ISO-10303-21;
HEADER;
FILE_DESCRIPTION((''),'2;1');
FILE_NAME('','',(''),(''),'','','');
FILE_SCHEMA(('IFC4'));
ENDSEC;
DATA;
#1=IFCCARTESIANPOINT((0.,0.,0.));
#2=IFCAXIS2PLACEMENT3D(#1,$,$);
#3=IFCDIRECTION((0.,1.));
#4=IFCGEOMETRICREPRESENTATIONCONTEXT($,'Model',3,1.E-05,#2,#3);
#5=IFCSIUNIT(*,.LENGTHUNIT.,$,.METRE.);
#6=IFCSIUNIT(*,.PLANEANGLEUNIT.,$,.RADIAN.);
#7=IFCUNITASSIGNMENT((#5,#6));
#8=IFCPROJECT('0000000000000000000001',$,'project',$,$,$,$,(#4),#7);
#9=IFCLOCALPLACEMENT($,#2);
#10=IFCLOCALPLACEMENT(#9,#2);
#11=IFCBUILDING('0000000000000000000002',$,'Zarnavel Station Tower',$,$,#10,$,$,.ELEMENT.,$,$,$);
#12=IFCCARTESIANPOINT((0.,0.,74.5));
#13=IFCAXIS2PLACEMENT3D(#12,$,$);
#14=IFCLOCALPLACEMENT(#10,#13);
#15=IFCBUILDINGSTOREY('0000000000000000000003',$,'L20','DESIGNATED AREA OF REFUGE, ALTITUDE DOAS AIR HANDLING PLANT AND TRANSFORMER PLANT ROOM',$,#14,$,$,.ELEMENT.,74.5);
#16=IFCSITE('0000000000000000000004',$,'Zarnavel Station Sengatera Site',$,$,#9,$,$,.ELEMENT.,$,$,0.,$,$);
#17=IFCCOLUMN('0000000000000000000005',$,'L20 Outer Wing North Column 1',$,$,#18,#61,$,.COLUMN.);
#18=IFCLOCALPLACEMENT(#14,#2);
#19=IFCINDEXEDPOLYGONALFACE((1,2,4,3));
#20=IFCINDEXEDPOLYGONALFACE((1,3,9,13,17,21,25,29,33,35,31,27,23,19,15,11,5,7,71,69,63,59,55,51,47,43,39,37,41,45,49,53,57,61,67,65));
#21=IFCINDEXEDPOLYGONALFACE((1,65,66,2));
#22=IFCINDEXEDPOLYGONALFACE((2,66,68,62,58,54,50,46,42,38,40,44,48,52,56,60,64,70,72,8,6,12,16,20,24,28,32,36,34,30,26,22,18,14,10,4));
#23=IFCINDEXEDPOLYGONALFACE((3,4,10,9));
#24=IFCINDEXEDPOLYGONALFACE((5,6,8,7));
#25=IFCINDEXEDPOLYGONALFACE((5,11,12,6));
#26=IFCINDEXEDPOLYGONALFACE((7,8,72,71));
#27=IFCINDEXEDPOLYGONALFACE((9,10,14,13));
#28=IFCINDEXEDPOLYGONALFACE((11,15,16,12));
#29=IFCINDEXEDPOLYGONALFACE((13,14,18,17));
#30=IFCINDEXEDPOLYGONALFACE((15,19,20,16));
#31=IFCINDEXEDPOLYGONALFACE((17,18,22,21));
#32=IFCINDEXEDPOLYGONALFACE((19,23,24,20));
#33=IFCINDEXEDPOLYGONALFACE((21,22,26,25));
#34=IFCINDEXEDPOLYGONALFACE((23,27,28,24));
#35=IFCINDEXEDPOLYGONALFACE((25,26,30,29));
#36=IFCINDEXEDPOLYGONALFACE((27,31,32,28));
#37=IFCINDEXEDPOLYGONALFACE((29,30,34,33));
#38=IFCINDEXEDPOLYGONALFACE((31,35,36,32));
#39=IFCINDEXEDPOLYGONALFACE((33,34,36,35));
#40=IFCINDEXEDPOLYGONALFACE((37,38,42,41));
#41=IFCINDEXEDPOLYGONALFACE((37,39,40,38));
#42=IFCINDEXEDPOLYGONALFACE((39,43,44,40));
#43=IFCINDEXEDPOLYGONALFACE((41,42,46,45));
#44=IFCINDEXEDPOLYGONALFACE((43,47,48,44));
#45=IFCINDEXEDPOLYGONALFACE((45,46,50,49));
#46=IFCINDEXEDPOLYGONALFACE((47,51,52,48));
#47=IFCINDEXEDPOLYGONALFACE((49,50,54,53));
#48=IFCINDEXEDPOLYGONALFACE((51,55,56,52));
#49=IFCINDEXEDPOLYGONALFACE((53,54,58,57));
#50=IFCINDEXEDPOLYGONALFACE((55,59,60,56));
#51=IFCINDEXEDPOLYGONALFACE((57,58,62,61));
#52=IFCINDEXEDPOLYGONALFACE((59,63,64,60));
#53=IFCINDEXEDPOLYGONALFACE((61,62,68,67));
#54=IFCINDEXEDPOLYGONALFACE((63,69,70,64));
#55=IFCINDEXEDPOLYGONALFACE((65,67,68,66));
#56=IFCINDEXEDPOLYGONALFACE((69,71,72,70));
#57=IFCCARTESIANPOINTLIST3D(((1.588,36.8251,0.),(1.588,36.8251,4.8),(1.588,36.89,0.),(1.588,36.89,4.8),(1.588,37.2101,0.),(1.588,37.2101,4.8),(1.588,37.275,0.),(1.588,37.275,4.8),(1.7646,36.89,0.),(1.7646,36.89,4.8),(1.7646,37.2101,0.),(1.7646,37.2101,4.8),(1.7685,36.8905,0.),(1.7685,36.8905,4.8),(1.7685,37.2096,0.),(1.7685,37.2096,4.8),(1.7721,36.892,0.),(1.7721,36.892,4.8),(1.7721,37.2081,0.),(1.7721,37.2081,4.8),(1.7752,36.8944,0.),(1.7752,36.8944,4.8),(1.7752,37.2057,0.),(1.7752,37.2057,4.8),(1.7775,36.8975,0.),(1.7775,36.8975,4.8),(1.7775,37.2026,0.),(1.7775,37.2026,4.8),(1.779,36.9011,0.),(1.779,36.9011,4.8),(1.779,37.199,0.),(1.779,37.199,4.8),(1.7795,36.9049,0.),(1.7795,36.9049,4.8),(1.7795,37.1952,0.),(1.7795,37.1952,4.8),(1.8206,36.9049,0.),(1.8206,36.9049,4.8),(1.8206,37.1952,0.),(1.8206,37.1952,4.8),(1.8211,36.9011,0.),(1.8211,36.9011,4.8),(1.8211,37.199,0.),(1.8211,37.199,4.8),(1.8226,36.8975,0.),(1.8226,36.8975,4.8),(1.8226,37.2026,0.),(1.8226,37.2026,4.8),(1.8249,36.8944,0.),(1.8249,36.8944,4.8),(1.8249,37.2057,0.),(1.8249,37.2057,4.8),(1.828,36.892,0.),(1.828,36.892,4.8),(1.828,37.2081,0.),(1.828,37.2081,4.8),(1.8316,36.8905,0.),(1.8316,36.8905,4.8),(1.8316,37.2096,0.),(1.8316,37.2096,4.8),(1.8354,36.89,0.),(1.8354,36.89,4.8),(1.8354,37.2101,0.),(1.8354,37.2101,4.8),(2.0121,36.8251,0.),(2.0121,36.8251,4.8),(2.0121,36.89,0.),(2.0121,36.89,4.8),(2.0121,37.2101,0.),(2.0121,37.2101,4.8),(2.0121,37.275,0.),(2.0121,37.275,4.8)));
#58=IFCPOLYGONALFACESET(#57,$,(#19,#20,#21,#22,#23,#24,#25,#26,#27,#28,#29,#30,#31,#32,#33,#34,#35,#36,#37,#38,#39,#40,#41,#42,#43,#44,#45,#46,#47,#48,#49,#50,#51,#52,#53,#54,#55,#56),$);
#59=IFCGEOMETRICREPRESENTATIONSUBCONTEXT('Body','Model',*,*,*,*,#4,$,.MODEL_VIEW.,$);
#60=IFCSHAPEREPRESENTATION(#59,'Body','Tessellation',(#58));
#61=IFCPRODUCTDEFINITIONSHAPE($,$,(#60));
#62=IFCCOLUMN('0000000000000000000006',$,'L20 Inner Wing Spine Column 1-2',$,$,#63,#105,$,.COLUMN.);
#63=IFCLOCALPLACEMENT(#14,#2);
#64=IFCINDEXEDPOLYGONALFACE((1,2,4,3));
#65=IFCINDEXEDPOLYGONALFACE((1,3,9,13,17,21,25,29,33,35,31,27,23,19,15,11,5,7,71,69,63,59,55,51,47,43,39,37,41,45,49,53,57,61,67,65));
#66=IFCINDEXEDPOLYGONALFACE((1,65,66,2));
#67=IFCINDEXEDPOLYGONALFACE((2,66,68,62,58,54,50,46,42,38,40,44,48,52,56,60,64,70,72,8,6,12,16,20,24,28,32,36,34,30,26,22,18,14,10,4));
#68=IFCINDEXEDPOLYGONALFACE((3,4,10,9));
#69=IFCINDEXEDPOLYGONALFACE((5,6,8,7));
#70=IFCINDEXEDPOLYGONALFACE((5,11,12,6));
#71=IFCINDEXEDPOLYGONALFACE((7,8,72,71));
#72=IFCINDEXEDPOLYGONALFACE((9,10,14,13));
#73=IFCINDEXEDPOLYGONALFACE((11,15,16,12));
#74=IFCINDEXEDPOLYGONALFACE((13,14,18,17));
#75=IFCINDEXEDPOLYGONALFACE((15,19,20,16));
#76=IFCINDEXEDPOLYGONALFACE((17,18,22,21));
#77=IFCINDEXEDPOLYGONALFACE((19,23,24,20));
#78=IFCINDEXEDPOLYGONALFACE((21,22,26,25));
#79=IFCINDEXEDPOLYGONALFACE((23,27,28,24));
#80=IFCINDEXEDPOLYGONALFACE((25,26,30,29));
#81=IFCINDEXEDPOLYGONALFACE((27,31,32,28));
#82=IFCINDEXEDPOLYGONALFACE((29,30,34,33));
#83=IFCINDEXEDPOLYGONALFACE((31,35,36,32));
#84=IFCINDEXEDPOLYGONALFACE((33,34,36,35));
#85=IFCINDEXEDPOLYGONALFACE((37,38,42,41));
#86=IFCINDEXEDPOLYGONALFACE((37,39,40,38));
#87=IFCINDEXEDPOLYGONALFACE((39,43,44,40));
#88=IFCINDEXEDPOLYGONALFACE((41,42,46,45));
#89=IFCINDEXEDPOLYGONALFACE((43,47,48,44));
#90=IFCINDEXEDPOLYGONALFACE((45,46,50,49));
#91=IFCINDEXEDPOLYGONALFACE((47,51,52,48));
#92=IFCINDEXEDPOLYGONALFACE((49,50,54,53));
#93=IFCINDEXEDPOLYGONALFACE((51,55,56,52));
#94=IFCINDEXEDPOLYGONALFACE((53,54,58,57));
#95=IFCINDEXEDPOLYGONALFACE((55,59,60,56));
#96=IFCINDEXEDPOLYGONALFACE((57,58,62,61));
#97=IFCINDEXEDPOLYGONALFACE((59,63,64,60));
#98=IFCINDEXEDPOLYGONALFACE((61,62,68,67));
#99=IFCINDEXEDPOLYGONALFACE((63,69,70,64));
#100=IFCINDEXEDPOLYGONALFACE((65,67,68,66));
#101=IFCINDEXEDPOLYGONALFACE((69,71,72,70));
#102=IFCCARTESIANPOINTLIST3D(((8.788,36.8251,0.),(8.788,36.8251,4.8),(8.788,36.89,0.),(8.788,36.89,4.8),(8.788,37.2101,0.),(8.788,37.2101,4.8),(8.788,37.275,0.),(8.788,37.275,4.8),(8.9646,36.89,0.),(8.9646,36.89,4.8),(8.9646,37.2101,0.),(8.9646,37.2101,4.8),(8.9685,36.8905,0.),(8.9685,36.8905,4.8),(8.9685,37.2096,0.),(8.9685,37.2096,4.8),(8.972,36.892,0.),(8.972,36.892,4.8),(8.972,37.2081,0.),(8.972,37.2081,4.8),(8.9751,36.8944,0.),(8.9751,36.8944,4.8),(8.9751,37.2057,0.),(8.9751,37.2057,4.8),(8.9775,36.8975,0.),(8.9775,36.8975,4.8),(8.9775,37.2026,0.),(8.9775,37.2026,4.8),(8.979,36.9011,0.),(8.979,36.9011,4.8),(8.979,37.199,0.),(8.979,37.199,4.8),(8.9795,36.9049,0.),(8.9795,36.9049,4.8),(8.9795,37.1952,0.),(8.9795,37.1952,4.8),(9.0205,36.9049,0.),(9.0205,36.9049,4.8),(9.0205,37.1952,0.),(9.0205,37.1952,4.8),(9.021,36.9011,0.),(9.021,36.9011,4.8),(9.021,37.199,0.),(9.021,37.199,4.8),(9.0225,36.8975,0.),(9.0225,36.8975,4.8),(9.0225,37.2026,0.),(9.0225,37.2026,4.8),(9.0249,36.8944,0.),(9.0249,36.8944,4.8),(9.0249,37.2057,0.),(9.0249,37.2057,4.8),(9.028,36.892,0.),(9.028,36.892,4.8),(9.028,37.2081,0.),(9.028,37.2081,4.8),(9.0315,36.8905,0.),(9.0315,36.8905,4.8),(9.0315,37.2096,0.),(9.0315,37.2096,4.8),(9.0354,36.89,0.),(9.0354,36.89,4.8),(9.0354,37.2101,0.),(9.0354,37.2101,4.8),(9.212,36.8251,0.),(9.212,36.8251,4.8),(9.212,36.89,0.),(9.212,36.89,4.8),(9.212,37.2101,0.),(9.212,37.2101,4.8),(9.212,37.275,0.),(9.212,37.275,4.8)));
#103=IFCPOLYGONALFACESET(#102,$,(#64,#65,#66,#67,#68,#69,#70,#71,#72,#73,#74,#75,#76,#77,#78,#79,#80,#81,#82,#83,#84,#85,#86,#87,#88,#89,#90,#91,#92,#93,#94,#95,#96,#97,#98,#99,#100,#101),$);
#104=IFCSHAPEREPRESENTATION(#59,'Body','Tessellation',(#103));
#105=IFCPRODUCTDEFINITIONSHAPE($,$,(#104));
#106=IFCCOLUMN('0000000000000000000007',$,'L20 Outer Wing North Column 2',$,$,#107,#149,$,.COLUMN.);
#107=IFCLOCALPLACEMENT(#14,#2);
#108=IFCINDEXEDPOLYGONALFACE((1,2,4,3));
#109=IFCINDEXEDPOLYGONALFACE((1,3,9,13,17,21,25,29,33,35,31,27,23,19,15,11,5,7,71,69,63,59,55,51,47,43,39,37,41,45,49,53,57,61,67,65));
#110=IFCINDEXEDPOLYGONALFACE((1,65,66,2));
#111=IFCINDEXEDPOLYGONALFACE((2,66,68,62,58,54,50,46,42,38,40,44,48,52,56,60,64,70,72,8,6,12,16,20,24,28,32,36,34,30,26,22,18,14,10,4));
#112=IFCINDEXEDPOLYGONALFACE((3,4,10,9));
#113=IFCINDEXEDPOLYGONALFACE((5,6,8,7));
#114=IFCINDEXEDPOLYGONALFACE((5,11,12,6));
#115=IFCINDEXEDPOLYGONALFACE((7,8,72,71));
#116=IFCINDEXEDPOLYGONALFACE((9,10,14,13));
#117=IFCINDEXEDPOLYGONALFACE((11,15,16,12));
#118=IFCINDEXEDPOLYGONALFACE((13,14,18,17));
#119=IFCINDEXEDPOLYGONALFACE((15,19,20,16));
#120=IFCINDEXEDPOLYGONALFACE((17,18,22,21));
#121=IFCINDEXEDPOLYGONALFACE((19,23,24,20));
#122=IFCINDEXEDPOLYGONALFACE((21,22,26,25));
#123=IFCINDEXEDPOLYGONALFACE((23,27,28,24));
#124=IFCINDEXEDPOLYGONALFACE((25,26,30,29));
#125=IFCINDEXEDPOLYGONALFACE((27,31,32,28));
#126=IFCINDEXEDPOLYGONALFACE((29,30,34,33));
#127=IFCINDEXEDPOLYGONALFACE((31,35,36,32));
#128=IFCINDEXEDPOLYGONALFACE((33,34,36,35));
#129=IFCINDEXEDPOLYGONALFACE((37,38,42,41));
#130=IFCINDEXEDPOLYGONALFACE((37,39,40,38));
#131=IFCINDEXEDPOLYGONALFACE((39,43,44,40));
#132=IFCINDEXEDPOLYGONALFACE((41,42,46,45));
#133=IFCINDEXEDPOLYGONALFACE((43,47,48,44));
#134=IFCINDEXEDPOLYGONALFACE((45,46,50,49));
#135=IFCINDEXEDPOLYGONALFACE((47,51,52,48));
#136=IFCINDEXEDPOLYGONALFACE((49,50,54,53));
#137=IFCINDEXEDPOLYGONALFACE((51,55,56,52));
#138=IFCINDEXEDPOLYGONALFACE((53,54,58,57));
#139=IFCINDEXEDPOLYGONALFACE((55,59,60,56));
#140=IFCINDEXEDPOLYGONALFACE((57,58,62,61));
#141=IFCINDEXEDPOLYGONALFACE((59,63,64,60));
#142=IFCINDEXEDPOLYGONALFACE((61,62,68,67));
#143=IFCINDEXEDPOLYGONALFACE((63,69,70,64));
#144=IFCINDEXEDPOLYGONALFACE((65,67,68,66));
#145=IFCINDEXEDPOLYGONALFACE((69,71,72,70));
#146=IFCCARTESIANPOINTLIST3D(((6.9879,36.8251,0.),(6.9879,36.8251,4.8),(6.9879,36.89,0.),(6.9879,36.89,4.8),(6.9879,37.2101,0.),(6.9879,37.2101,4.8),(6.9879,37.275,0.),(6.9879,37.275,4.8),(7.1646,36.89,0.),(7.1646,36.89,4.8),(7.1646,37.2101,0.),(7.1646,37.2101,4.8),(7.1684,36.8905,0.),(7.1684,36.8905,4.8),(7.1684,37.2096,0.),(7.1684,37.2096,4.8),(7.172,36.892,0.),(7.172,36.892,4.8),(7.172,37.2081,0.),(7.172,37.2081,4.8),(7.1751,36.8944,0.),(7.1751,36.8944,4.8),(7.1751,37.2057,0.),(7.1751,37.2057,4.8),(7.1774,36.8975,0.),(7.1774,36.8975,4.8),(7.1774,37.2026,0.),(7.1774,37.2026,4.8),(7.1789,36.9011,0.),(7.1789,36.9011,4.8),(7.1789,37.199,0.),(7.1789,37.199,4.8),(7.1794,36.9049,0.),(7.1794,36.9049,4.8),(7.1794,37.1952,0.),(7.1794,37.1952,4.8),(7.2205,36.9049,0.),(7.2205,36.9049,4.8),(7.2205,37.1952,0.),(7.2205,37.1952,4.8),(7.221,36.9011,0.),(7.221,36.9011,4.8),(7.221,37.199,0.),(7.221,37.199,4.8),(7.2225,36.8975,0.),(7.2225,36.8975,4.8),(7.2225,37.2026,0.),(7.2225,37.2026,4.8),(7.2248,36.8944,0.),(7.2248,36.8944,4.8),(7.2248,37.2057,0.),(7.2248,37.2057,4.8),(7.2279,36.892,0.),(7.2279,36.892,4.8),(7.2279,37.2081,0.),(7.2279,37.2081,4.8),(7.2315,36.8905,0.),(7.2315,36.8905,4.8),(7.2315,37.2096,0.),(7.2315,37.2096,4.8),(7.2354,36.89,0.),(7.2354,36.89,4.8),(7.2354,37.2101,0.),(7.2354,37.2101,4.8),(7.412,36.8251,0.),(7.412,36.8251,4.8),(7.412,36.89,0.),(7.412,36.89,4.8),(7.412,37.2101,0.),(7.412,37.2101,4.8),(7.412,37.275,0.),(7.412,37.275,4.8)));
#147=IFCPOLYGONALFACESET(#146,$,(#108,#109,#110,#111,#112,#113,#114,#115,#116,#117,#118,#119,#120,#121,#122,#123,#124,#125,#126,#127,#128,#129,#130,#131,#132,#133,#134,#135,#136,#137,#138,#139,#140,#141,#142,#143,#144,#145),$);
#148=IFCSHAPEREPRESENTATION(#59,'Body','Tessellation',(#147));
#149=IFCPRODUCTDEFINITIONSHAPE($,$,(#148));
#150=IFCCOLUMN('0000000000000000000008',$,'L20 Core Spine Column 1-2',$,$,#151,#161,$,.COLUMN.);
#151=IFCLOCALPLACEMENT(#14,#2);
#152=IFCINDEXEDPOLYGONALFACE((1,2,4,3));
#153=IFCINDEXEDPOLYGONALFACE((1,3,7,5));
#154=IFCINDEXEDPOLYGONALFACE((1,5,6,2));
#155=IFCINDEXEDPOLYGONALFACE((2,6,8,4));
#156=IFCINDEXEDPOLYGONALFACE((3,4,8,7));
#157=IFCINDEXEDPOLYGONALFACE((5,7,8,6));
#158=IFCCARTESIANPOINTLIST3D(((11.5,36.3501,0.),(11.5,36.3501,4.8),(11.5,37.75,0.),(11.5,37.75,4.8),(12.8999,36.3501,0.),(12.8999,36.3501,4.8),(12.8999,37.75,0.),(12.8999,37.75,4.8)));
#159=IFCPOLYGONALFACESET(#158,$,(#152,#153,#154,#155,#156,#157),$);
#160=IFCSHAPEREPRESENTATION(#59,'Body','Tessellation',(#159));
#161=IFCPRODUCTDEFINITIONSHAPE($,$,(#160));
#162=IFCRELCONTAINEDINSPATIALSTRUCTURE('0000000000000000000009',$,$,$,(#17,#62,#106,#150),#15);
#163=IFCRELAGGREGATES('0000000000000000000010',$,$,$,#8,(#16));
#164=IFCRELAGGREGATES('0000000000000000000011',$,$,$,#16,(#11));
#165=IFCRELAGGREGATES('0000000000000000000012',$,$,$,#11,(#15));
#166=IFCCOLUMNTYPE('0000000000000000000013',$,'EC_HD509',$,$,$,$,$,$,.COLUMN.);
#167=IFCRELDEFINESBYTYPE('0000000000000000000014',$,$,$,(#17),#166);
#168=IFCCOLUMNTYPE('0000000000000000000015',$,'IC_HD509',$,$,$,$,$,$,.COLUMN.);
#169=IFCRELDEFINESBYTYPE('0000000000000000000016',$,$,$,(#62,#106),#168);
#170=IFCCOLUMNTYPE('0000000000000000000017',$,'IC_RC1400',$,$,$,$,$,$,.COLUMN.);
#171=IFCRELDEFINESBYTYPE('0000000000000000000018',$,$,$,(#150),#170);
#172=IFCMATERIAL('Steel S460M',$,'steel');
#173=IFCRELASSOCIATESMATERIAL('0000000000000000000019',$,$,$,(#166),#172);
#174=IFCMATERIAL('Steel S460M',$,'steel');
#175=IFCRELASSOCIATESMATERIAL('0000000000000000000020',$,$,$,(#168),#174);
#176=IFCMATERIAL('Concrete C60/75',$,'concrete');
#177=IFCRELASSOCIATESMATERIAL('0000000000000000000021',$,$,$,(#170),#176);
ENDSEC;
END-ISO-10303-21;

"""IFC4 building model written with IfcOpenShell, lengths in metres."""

from ifc_helpers import new_model, si_unit, direction, frame, origin, origin_2d, place, context, subcontext, project, spatial, rectangle, i_section, extrude, material, material_profile, profile_set, type_object, element, save


model = new_model("IFC4")

# Units and contexts
model_context = context("Model", 3, precision=1e-05, world=origin(), true_north=direction((0.0, 1.0)))
body_context = subcontext(model_context, "Body", "Model", "MODEL_VIEW")
ifc_project = project(units=[si_unit("LENGTHUNIT", "METRE"), si_unit("PLANEANGLEUNIT", "RADIAN")], contexts=[model_context])

# Site, building, storey
site_placement = place(None, origin())
site = spatial("IfcSite", under=ifc_project, at=site_placement, Name="Zarnavel Station Sengatera Site", CompositionType="ELEMENT", RefElevation=0.0)
building_placement = place(site_placement, origin())
building = spatial("IfcBuilding", under=site, at=building_placement, Name="Zarnavel Station Tower", CompositionType="ELEMENT")
storey_placement = place(building_placement, frame((0.0, 0.0, 74.5)))
storey = spatial("IfcBuildingStorey", under=building, at=storey_placement, Name="L20", Description="DESIGNATED AREA OF REFUGE, ALTITUDE DOAS AIR HANDLING PLANT AND TRANSFORMER PLANT ROOM", CompositionType="ELEMENT", Elevation=74.5)

# Columns
ifc_material_1 = material(Name="Steel S460M", Category="steel")
ifc_material_profile_1 = material_profile(ifc_material_1, i_section(OverallWidth=0.4241, OverallDepth=0.45, WebThickness=0.041, FlangeThickness=0.0649, FilletRadius=0.0149, at=origin_2d()), Name="HD400x509")
ifc_profile_set_1 = profile_set([ifc_material_profile_1], Name="Steel S460M")
column_type_1 = type_object("IfcColumnType", Name="EC_HD509", PredefinedType="COLUMN", material=ifc_profile_set_1)
column_1_placement = place(storey_placement, frame((1.8, 37.05, 0.0), z_axis=(0.0, 0.0, 1.0), x_axis=(1.0, 0.0, 0.0)))
element("IfcColumn", 1, at=column_1_placement, inside=storey, type_object=column_type_1, Name="L20 Outer Wing North Column 1", PredefinedType="COLUMN", context=body_context, shape_type="SweptSolid", body=[
    extrude(i_section(OverallWidth=0.4241, OverallDepth=0.45, WebThickness=0.041, FlangeThickness=0.0649, FilletRadius=0.0149, at=origin_2d()), origin(), (0.0, 0.0, 1.0), 4.8),
])
ifc_material_2 = material(Name="Steel S460M", Category="steel")
ifc_material_profile_2 = material_profile(ifc_material_2, i_section(OverallWidth=0.4241, OverallDepth=0.45, WebThickness=0.041, FlangeThickness=0.0649, FilletRadius=0.0149, at=origin_2d()), Name="HD400x509")
ifc_profile_set_2 = profile_set([ifc_material_profile_2], Name="Steel S460M")
column_type_2 = type_object("IfcColumnType", Name="IC_HD509", PredefinedType="COLUMN", material=ifc_profile_set_2)
for number, where, z_axis, x_axis, name in (
    (2, (9.0, 37.05, 0.0), (0.0, 0.0, 1.0), (1.0, 0.0, 0.0), "L20 Inner Wing Spine Column 1-2"),
    (3, (7.2, 37.05, 0.0), (0.0, 0.0, 1.0), (1.0, 0.0, 0.0), "L20 Outer Wing North Column 2"),
):
    element("IfcColumn", number, at=place(storey_placement, frame(where, z_axis=z_axis, x_axis=x_axis)), inside=storey, type_object=column_type_2, Name=name, PredefinedType="COLUMN", context=body_context, shape_type="SweptSolid", body=[
        extrude(i_section(OverallWidth=0.4241, OverallDepth=0.45, WebThickness=0.041, FlangeThickness=0.0649, FilletRadius=0.0149, at=origin_2d()), origin(), (0.0, 0.0, 1.0), 4.8),
    ])
ifc_material_3 = material(Name="Concrete C60/75", Category="concrete")
ifc_material_profile_3 = material_profile(ifc_material_3, rectangle(XDim=1.3999, YDim=1.3999, at=origin_2d()), Name="RC1400x1400")
ifc_profile_set_3 = profile_set([ifc_material_profile_3], Name="Concrete C60/75")
column_type_3 = type_object("IfcColumnType", Name="IC_RC1400", PredefinedType="COLUMN", material=ifc_profile_set_3)
column_2_placement = place(storey_placement, frame((12.2, 37.05, 0.0), z_axis=(0.0, 0.0, 1.0), x_axis=(1.0, 0.0, 0.0)))
element("IfcColumn", 4, at=column_2_placement, inside=storey, type_object=column_type_3, Name="L20 Core Spine Column 1-2", PredefinedType="COLUMN", context=body_context, shape_type="SweptSolid", body=[
    extrude(rectangle(XDim=1.3999, YDim=1.3999, at=origin_2d()), origin(), (0.0, 0.0, 1.0), 4.8),
])

save(model, "model.ifc")
